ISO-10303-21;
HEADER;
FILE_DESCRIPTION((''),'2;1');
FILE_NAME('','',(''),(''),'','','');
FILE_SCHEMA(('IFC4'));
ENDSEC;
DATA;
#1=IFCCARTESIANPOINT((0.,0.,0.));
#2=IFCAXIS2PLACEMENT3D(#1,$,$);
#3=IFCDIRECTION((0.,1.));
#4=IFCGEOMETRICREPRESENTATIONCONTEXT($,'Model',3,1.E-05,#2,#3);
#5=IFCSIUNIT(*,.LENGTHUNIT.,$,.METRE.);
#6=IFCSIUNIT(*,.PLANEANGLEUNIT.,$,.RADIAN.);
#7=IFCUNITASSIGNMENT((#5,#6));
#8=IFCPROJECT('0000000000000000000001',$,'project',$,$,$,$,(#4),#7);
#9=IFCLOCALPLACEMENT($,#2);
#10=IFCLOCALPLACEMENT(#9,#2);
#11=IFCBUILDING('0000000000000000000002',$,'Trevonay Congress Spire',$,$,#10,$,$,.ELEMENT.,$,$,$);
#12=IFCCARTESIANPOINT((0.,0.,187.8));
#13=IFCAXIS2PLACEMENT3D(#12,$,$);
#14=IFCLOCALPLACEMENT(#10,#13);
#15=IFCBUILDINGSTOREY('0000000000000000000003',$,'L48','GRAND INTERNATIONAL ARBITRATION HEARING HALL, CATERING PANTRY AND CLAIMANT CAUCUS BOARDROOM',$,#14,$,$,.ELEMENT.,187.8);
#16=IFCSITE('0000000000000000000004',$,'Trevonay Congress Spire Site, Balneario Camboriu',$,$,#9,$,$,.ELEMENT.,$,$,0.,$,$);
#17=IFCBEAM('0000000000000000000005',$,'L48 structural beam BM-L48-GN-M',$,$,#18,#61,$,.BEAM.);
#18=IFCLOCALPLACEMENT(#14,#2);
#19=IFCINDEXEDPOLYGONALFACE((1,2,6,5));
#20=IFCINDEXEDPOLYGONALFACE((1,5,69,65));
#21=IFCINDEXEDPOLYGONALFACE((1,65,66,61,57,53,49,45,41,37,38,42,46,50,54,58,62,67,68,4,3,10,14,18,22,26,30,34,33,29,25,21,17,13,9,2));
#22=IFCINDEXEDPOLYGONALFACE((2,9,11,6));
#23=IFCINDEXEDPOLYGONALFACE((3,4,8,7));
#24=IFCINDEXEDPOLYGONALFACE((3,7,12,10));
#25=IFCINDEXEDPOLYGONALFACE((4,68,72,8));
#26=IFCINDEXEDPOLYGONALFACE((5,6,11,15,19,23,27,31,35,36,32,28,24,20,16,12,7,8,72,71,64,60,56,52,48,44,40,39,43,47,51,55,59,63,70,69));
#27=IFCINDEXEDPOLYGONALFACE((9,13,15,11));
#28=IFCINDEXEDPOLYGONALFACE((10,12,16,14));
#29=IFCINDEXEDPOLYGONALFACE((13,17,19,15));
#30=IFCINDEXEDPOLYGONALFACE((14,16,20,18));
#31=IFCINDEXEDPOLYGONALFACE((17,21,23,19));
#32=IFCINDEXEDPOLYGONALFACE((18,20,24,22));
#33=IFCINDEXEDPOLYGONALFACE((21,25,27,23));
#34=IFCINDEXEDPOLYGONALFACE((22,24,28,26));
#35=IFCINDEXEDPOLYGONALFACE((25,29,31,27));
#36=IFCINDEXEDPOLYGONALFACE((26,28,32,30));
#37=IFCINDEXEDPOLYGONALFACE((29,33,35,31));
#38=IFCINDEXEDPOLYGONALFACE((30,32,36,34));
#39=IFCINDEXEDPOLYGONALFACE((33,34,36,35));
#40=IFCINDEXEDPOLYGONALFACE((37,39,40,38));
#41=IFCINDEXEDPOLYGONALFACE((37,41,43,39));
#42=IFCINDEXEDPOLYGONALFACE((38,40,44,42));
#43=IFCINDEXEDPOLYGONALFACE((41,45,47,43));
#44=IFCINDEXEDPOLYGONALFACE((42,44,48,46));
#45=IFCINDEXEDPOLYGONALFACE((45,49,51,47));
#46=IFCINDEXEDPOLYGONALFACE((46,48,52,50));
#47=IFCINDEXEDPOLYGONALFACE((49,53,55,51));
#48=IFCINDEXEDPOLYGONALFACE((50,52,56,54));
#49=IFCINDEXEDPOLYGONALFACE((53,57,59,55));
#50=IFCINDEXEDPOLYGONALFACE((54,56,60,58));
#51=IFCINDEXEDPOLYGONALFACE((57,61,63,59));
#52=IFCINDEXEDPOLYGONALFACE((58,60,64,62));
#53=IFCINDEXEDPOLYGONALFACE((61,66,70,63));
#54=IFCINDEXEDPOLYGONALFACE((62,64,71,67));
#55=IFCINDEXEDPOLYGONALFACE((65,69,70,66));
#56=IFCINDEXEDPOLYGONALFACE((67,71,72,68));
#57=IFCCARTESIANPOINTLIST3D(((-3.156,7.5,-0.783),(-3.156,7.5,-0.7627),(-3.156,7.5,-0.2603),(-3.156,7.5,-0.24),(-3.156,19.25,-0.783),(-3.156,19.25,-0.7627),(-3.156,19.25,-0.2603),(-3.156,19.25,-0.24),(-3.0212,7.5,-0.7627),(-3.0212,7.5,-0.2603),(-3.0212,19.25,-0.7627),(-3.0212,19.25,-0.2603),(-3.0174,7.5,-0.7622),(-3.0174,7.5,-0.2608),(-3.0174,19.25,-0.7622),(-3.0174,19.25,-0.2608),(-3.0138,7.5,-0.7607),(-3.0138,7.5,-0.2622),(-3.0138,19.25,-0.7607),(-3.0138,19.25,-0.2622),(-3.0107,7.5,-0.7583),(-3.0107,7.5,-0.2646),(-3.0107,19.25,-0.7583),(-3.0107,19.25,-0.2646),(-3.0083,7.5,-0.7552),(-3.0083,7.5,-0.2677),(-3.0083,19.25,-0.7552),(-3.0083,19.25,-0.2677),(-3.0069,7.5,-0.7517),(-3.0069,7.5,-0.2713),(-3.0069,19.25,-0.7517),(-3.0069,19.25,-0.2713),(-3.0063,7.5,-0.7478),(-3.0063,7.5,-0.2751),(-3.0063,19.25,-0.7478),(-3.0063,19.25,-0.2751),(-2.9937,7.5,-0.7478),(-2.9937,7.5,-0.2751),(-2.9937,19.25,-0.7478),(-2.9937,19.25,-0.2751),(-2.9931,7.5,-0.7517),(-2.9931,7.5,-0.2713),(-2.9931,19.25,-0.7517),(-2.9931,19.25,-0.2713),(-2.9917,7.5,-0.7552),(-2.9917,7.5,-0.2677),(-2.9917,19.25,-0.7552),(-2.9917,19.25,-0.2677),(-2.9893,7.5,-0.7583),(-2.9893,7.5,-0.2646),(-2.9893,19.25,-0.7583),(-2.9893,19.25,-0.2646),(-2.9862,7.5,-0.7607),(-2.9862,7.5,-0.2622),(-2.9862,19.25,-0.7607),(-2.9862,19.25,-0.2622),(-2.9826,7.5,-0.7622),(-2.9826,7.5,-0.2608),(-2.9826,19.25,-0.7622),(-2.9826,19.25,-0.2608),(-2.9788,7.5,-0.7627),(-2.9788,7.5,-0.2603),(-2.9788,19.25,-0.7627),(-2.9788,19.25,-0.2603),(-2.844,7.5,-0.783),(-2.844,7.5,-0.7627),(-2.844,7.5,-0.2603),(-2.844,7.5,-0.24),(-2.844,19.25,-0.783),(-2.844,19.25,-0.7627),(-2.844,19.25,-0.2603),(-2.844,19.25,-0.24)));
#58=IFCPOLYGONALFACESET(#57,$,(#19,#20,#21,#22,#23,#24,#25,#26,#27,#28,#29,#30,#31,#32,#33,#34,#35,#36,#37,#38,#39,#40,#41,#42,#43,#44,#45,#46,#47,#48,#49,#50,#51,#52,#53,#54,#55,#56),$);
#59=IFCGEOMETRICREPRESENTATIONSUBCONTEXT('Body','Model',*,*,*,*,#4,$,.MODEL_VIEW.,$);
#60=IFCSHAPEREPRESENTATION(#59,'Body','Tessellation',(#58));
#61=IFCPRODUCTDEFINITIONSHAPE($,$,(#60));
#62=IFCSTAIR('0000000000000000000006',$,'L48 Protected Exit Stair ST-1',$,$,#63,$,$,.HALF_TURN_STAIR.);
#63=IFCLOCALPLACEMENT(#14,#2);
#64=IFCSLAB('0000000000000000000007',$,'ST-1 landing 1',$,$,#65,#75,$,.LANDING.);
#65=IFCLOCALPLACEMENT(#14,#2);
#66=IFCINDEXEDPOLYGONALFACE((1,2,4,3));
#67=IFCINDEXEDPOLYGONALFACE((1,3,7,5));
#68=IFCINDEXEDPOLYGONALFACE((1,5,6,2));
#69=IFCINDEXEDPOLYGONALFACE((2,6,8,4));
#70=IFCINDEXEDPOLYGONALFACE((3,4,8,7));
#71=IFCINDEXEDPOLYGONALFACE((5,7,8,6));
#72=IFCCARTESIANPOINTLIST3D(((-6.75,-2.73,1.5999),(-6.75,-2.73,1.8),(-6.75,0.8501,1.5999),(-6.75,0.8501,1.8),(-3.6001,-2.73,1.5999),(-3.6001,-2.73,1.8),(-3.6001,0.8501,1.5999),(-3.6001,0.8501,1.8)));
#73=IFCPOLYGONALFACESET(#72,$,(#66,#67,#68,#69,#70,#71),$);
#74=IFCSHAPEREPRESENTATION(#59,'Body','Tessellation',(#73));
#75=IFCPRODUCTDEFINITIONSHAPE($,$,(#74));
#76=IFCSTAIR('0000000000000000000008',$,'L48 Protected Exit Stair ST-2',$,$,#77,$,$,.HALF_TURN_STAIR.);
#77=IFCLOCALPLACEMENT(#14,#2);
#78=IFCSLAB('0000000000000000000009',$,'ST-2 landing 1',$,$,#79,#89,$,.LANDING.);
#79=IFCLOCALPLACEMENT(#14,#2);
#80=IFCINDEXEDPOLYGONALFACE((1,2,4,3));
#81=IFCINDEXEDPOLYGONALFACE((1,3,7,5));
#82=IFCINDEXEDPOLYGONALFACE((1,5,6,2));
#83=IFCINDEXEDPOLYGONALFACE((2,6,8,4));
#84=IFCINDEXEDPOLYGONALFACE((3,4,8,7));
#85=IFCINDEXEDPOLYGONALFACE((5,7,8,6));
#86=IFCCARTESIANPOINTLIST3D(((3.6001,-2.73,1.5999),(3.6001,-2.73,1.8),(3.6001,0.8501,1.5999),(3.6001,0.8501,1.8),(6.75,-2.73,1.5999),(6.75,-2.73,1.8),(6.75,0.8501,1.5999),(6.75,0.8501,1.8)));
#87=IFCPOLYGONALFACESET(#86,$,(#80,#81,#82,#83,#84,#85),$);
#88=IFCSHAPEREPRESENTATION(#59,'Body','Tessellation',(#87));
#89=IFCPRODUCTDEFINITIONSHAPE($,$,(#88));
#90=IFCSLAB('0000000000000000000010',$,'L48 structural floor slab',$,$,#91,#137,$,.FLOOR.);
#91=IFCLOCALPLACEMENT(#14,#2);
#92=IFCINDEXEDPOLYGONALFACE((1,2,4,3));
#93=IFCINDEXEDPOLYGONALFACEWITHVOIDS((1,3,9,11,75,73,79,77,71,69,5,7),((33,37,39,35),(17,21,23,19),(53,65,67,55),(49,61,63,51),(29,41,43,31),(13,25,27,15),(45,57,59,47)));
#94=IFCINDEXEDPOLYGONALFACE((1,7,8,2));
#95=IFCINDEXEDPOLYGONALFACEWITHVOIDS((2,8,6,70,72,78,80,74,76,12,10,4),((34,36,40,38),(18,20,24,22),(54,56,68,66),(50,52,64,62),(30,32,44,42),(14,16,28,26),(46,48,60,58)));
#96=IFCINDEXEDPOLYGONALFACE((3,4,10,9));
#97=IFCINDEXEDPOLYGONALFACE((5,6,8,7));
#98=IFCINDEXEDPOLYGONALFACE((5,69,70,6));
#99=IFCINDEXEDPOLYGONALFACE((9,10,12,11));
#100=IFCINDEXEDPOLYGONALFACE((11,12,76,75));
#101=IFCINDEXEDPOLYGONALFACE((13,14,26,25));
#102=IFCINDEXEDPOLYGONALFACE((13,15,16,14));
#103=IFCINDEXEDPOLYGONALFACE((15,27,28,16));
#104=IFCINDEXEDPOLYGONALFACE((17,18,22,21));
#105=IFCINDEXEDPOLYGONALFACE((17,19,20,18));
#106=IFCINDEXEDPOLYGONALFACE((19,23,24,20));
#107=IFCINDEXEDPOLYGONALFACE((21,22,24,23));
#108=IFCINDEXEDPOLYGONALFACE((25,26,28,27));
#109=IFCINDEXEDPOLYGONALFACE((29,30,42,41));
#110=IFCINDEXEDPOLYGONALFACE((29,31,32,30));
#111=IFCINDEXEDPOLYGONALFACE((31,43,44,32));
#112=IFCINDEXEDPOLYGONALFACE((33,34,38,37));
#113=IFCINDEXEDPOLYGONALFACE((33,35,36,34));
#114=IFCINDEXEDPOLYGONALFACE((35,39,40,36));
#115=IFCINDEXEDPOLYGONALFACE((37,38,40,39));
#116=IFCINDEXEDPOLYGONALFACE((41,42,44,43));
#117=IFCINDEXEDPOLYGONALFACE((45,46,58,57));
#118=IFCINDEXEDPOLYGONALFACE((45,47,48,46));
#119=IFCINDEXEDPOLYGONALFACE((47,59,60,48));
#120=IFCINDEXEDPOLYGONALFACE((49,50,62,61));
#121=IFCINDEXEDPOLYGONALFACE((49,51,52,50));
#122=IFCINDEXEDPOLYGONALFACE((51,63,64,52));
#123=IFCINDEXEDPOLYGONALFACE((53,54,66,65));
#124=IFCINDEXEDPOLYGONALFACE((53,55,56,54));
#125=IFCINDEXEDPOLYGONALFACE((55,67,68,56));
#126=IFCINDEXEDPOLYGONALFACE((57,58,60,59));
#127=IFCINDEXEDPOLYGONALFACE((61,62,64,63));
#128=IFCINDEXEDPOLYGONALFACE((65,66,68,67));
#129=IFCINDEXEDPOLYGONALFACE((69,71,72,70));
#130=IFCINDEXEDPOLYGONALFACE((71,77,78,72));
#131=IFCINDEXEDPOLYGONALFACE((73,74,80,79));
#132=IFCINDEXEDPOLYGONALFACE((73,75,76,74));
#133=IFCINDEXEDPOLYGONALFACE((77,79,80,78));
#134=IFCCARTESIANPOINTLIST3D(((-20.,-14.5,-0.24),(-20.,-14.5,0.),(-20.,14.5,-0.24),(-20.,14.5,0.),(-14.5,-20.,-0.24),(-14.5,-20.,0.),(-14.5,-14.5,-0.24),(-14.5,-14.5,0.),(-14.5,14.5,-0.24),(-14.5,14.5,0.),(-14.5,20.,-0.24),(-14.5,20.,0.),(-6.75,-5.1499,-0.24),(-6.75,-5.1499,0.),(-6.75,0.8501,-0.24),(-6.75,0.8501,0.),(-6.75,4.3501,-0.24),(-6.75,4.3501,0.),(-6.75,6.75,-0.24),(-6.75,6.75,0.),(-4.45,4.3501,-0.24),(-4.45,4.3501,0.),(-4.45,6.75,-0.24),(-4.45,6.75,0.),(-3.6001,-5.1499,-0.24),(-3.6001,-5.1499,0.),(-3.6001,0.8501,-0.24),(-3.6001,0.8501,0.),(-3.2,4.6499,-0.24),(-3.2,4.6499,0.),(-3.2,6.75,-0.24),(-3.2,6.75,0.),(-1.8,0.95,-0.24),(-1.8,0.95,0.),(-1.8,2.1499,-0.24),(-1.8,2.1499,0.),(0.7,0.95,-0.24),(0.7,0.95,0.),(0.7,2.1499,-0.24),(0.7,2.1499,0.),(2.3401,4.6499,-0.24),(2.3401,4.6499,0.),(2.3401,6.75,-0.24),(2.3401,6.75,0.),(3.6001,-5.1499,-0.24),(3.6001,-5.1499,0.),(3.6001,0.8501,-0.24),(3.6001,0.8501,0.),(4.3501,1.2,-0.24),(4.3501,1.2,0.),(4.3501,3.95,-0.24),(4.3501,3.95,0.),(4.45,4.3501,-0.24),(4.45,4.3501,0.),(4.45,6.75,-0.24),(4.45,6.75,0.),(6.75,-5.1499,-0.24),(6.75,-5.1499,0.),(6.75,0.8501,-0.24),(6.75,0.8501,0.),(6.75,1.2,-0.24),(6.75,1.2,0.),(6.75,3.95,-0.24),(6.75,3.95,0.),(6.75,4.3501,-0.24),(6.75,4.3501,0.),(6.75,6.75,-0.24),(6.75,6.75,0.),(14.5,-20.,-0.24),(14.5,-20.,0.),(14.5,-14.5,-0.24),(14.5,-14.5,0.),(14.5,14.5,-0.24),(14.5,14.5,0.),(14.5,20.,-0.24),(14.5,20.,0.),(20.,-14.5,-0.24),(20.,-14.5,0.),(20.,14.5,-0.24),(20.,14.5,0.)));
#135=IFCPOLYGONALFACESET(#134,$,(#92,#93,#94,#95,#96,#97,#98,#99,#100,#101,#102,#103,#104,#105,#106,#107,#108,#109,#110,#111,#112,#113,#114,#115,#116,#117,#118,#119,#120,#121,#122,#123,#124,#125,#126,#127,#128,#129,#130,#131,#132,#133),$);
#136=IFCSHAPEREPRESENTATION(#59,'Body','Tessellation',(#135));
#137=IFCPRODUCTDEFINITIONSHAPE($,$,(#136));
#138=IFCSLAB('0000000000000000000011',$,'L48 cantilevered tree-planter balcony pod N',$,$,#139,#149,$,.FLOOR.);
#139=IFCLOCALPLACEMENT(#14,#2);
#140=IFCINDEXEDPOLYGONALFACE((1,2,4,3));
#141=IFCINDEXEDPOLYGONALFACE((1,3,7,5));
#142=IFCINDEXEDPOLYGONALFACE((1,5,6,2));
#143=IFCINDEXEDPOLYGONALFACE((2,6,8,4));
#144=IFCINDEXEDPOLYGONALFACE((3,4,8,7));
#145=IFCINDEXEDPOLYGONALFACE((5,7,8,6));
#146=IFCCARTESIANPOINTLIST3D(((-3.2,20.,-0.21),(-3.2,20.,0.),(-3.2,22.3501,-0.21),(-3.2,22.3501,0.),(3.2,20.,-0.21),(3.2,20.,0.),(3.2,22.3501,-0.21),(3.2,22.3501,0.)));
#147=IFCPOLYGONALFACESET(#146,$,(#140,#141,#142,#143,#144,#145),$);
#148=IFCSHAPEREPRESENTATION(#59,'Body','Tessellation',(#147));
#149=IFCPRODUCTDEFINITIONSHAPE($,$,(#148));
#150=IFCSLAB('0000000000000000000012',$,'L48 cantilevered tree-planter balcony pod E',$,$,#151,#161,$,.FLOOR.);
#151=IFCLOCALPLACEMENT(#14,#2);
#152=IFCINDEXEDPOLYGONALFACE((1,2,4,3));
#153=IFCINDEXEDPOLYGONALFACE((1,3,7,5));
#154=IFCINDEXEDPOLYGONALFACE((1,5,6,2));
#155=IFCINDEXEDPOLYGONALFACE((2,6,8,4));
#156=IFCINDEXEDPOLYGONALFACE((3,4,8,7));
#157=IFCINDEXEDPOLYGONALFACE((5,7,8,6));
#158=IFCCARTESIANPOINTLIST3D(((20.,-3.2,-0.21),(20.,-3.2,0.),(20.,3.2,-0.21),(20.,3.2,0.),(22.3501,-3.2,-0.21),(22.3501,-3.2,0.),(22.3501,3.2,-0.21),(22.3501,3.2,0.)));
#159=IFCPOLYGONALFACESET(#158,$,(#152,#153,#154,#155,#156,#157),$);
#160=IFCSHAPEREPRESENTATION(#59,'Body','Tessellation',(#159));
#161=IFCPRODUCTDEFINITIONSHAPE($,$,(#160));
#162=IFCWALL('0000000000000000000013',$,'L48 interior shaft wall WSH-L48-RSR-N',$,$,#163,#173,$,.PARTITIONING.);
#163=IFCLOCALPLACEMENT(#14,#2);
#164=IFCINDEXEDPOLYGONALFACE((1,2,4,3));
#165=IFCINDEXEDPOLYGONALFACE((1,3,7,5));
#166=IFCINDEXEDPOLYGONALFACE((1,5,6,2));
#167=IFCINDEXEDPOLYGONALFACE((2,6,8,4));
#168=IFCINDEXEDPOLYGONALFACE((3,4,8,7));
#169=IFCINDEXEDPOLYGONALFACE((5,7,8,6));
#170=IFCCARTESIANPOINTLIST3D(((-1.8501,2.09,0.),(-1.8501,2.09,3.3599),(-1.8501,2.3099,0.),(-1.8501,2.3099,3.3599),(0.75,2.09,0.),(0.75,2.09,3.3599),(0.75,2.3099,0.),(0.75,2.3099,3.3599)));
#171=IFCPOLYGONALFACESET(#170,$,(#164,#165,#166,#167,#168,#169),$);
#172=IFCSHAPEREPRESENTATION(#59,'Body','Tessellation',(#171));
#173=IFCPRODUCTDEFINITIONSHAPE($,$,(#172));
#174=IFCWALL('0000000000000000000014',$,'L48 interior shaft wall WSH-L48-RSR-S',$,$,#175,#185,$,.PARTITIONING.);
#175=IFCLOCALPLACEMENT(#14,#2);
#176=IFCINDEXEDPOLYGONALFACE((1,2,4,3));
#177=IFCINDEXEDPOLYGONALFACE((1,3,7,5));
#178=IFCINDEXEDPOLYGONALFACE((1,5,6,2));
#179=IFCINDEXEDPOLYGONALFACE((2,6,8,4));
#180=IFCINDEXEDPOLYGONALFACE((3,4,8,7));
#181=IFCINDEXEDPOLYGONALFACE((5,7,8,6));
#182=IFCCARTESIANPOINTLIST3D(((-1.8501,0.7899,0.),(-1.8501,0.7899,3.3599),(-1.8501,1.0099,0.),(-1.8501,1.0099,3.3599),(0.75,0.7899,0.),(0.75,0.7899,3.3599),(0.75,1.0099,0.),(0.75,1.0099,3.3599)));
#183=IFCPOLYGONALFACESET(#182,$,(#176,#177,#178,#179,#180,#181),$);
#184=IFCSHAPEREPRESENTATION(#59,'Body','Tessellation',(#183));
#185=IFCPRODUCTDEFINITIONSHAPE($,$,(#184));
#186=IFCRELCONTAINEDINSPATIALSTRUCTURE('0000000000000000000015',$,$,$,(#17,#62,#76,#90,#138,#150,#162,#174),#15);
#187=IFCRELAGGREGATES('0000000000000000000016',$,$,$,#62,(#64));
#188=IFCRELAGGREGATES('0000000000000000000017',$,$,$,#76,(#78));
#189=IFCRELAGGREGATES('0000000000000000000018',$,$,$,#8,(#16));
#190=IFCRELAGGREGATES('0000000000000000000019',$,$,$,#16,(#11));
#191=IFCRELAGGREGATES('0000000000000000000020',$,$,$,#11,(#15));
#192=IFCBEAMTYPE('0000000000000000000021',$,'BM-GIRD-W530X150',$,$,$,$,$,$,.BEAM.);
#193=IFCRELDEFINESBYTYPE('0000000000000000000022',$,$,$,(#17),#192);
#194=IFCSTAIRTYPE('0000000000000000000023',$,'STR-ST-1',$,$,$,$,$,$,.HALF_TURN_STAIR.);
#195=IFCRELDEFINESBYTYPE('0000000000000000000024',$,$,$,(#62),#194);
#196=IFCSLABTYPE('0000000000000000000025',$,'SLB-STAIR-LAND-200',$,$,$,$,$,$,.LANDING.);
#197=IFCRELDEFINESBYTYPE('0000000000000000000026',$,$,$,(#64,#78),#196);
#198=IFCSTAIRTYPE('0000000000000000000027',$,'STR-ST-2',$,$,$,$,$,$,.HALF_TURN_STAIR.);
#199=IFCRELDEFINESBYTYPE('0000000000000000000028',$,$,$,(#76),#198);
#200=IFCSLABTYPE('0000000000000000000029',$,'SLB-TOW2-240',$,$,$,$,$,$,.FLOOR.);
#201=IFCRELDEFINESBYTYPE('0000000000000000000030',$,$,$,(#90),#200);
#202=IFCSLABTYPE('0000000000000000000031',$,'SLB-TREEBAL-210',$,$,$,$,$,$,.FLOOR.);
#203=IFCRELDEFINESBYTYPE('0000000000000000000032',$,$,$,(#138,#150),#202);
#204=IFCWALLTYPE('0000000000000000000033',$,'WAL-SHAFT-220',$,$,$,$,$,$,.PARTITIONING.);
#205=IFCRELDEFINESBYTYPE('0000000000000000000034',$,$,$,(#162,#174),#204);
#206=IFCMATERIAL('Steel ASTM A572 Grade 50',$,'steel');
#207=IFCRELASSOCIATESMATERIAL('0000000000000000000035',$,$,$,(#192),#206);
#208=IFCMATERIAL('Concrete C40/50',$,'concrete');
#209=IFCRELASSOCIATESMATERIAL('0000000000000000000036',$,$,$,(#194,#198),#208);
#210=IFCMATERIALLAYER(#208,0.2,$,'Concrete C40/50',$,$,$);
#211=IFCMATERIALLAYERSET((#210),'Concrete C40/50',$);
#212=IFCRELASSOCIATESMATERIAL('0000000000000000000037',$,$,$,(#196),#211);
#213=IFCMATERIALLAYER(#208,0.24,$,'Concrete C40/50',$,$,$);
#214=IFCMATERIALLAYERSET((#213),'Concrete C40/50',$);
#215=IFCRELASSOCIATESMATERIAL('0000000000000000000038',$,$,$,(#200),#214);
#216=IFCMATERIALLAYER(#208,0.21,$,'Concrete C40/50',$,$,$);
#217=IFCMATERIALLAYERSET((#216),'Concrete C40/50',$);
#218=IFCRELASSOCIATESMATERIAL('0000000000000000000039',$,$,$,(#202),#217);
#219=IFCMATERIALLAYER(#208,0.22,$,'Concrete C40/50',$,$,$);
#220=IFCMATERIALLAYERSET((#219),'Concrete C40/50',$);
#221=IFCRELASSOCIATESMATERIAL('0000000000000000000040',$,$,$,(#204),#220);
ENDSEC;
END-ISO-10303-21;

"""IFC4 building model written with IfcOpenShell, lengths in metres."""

from ifc_helpers import new_model, si_unit, direction, frame, frame_2d, origin, origin_2d, place, context, subcontext, project, spatial, polyline, rectangle, i_section, outline, extrude, material, layer, layer_set, material_profile, profile_set, type_object, element, aggregate, save


model = new_model("IFC4")

# Units and contexts
model_context = context("Model", 3, precision=1e-05, world=origin(), true_north=direction((0.0, 1.0)))
body_context = subcontext(model_context, "Body", "Model", "MODEL_VIEW")
ifc_project = project(units=[si_unit("LENGTHUNIT", "METRE"), si_unit("PLANEANGLEUNIT", "RADIAN")], contexts=[model_context])

# Site, building, storey
site_placement = place(None, origin())
site = spatial("IfcSite", under=ifc_project, at=site_placement, Name="Trevonay Congress Spire Site, Balneario Camboriu", CompositionType="ELEMENT", RefElevation=0.0)
building_placement = place(site_placement, origin())
building = spatial("IfcBuilding", under=site, at=building_placement, Name="Trevonay Congress Spire", CompositionType="ELEMENT")
storey_placement = place(building_placement, frame((0.0, 0.0, 187.8)))
storey = spatial("IfcBuildingStorey", under=building, at=storey_placement, Name="L48", Description="GRAND INTERNATIONAL ARBITRATION HEARING HALL, CATERING PANTRY AND CLAIMANT CAUCUS BOARDROOM", CompositionType="ELEMENT", Elevation=187.8)

# Beam
ifc_material_1 = material(Name="Steel ASTM A572 Grade 50", Category="steel")
ifc_material_profile = material_profile(ifc_material_1, i_section(OverallWidth=0.312, OverallDepth=0.543, WebThickness=0.0127, FlangeThickness=0.0203, FilletRadius=0.0149, at=origin_2d()), Name="W530x150")
ifc_profile_set = profile_set([ifc_material_profile], Name="Steel ASTM A572 Grade 50")
beam_type = type_object("IfcBeamType", Name="BM-GIRD-W530X150", PredefinedType="BEAM", material=ifc_profile_set)
beam_placement = place(storey_placement, frame((-3.0, 7.5, -0.5115), z_axis=(0.0, 1.0, 0.0), x_axis=(-1.0, 0.0, 0.0)))
element("IfcBeam", 1, at=beam_placement, inside=storey, type_object=beam_type, Name="L48 structural beam BM-L48-GN-M", PredefinedType="BEAM", context=body_context, shape_type="SweptSolid", body=[
    extrude(i_section(OverallWidth=0.312, OverallDepth=0.543, WebThickness=0.0127, FlangeThickness=0.0203, FilletRadius=0.0149, at=origin_2d()), origin(), (0.0, 0.0, 1.0), 11.75),
])

# Stairs, slabs
ifc_material_2 = material(Name="Concrete C40/50", Category="concrete")
stair_type_1 = type_object("IfcStairType", Name="STR-ST-1", PredefinedType="HALF_TURN_STAIR", material=ifc_material_2)
stair_1_placement = place(storey_placement, origin())
stair_1 = element("IfcStair", 2, at=stair_1_placement, inside=storey, type_object=stair_type_1, Name="L48 Protected Exit Stair ST-1", PredefinedType="HALF_TURN_STAIR")
ifc_layer_1 = layer(ifc_material_2, 0.2, Name="Concrete C40/50")
ifc_layer_set_1 = layer_set([ifc_layer_1], Name="Concrete C40/50")
slab_type_1 = type_object("IfcSlabType", Name="SLB-STAIR-LAND-200", PredefinedType="LANDING", material=ifc_layer_set_1)
slab_1_placement = place(storey_placement, frame((0.0, 0.0, 1.5999)))
slab_1 = element("IfcSlab", 3, at=slab_1_placement, type_object=slab_type_1, Name="ST-1 landing 1", PredefinedType="LANDING", context=body_context, shape_type="SweptSolid", body=[
    extrude(outline(polyline([(-3.6001, -2.73), (-3.6001, 0.8501), (-6.75, 0.8501), (-6.75, -2.73), (-3.6001, -2.73)])), origin(), (0.0, 0.0, 1.0), 0.2002),
])
aggregate(stair_1, [slab_1])
stair_type_2 = type_object("IfcStairType", Name="STR-ST-2", PredefinedType="HALF_TURN_STAIR", material=ifc_material_2)
stair_2_placement = place(storey_placement, origin())
stair_2 = element("IfcStair", 4, at=stair_2_placement, inside=storey, type_object=stair_type_2, Name="L48 Protected Exit Stair ST-2", PredefinedType="HALF_TURN_STAIR")
slab_2_placement = place(storey_placement, frame((0.0, 0.0, 1.5999)))
slab_2 = element("IfcSlab", 5, at=slab_2_placement, type_object=slab_type_1, Name="ST-2 landing 1", PredefinedType="LANDING", context=body_context, shape_type="SweptSolid", body=[
    extrude(outline(polyline([(6.75, -2.73), (6.75, 0.8501), (3.6001, 0.8501), (3.6001, -2.73), (6.75, -2.73)])), origin(), (0.0, 0.0, 1.0), 0.2002),
])
aggregate(stair_2, [slab_2])

# Slabs
ifc_layer_2 = layer(ifc_material_2, 0.24, Name="Concrete C40/50")
ifc_layer_set_2 = layer_set([ifc_layer_2], Name="Concrete C40/50")
slab_type_2 = type_object("IfcSlabType", Name="SLB-TOW2-240", PredefinedType="FLOOR", material=ifc_layer_set_2)
slab_3_placement = place(storey_placement, frame((0.0, 0.0, -0.24)))
element("IfcSlab", 6, at=slab_3_placement, inside=storey, type_object=slab_type_2, Name="L48 structural floor slab", PredefinedType="FLOOR", context=body_context, shape_type="SweptSolid", body=[
    extrude(outline(polyline([(-14.5, -20.0), (14.5, -20.0), (14.5, -14.5), (20.0, -14.5), (20.0, 14.5), (14.5, 14.5), (14.5, 20.0), (-14.5, 20.0), (-14.5, 14.5), (-20.0, 14.5), (-20.0, -14.5), (-14.5, -14.5), (-14.5, -20.0)]), holes=[polyline([(-3.6001, -5.1499), (-3.6001, 0.8501), (-6.75, 0.8501), (-6.75, -5.1499), (-3.6001, -5.1499)]), polyline([(6.75, -5.1499), (6.75, 0.8501), (3.6001, 0.8501), (3.6001, -5.1499), (6.75, -5.1499)]), polyline([(-3.2, 4.6499), (2.3401, 4.6499), (2.3401, 6.75), (-3.2, 6.75), (-3.2, 4.6499)]), polyline([(-6.75, 4.3501), (-4.45, 4.3501), (-4.45, 6.75), (-6.75, 6.75), (-6.75, 4.3501)]), polyline([(4.45, 4.3501), (6.75, 4.3501), (6.75, 6.75), (4.45, 6.75), (4.45, 4.3501)]), polyline([(4.3501, 1.2), (6.75, 1.2), (6.75, 3.95), (4.3501, 3.95), (4.3501, 1.2)]), polyline([(-1.8, 0.95), (0.7, 0.95), (0.7, 2.1499), (-1.8, 2.1499), (-1.8, 0.95)])]), origin(), (0.0, 0.0, 1.0), 0.24),
])
ifc_layer_3 = layer(ifc_material_2, 0.21, Name="Concrete C40/50")
ifc_layer_set_3 = layer_set([ifc_layer_3], Name="Concrete C40/50")
slab_type_3 = type_object("IfcSlabType", Name="SLB-TREEBAL-210", PredefinedType="FLOOR", material=ifc_layer_set_3)
slab_4_placement = place(storey_placement, frame((0.0, 0.0, -0.21)))
element("IfcSlab", 7, at=slab_4_placement, inside=storey, type_object=slab_type_3, Name="L48 cantilevered tree-planter balcony pod N", PredefinedType="FLOOR", context=body_context, shape_type="SweptSolid", body=[
    extrude(outline(polyline([(-3.2, 20.0), (3.2, 20.0), (3.2, 22.3501), (-3.2, 22.3501), (-3.2, 20.0)])), origin(), (0.0, 0.0, 1.0), 0.21),
])
slab_5_placement = place(storey_placement, frame((0.0, 0.0, -0.21)))
element("IfcSlab", 8, at=slab_5_placement, inside=storey, type_object=slab_type_3, Name="L48 cantilevered tree-planter balcony pod E", PredefinedType="FLOOR", context=body_context, shape_type="SweptSolid", body=[
    extrude(outline(polyline([(20.0, -3.2), (22.3501, -3.2), (22.3501, 3.2), (20.0, 3.2), (20.0, -3.2)])), origin(), (0.0, 0.0, 1.0), 0.21),
])

# Walls
ifc_layer_4 = layer(ifc_material_2, 0.22, Name="Concrete C40/50")
ifc_layer_set_4 = layer_set([ifc_layer_4], Name="Concrete C40/50")
wall_type_1 = type_object("IfcWallType", Name="WAL-SHAFT-220", PredefinedType="PARTITIONING", material=ifc_layer_set_4)
for number, where, z_axis, x_axis, name in (
    (9, (-1.8501, 2.2, 0.0), (0.0, 0.0, 1.0), (1.0, 0.0, 0.0), "L48 interior shaft wall WSH-L48-RSR-N"),
    (10, (-1.8501, 0.8999, 0.0), (0.0, 0.0, 1.0), (1.0, 0.0, 0.0), "L48 interior shaft wall WSH-L48-RSR-S"),
):
    element("IfcWall", number, at=place(storey_placement, frame(where, z_axis=z_axis, x_axis=x_axis)), inside=storey, type_object=wall_type_1, Name=name, PredefinedType="PARTITIONING", context=body_context, shape_type="SweptSolid", body=[
        extrude(rectangle(XDim=2.6001, YDim=0.22, at=frame_2d((1.3, 0.0))), origin(), (0.0, 0.0, 1.0), 3.3599),
    ])

save(model, "model.ifc")
